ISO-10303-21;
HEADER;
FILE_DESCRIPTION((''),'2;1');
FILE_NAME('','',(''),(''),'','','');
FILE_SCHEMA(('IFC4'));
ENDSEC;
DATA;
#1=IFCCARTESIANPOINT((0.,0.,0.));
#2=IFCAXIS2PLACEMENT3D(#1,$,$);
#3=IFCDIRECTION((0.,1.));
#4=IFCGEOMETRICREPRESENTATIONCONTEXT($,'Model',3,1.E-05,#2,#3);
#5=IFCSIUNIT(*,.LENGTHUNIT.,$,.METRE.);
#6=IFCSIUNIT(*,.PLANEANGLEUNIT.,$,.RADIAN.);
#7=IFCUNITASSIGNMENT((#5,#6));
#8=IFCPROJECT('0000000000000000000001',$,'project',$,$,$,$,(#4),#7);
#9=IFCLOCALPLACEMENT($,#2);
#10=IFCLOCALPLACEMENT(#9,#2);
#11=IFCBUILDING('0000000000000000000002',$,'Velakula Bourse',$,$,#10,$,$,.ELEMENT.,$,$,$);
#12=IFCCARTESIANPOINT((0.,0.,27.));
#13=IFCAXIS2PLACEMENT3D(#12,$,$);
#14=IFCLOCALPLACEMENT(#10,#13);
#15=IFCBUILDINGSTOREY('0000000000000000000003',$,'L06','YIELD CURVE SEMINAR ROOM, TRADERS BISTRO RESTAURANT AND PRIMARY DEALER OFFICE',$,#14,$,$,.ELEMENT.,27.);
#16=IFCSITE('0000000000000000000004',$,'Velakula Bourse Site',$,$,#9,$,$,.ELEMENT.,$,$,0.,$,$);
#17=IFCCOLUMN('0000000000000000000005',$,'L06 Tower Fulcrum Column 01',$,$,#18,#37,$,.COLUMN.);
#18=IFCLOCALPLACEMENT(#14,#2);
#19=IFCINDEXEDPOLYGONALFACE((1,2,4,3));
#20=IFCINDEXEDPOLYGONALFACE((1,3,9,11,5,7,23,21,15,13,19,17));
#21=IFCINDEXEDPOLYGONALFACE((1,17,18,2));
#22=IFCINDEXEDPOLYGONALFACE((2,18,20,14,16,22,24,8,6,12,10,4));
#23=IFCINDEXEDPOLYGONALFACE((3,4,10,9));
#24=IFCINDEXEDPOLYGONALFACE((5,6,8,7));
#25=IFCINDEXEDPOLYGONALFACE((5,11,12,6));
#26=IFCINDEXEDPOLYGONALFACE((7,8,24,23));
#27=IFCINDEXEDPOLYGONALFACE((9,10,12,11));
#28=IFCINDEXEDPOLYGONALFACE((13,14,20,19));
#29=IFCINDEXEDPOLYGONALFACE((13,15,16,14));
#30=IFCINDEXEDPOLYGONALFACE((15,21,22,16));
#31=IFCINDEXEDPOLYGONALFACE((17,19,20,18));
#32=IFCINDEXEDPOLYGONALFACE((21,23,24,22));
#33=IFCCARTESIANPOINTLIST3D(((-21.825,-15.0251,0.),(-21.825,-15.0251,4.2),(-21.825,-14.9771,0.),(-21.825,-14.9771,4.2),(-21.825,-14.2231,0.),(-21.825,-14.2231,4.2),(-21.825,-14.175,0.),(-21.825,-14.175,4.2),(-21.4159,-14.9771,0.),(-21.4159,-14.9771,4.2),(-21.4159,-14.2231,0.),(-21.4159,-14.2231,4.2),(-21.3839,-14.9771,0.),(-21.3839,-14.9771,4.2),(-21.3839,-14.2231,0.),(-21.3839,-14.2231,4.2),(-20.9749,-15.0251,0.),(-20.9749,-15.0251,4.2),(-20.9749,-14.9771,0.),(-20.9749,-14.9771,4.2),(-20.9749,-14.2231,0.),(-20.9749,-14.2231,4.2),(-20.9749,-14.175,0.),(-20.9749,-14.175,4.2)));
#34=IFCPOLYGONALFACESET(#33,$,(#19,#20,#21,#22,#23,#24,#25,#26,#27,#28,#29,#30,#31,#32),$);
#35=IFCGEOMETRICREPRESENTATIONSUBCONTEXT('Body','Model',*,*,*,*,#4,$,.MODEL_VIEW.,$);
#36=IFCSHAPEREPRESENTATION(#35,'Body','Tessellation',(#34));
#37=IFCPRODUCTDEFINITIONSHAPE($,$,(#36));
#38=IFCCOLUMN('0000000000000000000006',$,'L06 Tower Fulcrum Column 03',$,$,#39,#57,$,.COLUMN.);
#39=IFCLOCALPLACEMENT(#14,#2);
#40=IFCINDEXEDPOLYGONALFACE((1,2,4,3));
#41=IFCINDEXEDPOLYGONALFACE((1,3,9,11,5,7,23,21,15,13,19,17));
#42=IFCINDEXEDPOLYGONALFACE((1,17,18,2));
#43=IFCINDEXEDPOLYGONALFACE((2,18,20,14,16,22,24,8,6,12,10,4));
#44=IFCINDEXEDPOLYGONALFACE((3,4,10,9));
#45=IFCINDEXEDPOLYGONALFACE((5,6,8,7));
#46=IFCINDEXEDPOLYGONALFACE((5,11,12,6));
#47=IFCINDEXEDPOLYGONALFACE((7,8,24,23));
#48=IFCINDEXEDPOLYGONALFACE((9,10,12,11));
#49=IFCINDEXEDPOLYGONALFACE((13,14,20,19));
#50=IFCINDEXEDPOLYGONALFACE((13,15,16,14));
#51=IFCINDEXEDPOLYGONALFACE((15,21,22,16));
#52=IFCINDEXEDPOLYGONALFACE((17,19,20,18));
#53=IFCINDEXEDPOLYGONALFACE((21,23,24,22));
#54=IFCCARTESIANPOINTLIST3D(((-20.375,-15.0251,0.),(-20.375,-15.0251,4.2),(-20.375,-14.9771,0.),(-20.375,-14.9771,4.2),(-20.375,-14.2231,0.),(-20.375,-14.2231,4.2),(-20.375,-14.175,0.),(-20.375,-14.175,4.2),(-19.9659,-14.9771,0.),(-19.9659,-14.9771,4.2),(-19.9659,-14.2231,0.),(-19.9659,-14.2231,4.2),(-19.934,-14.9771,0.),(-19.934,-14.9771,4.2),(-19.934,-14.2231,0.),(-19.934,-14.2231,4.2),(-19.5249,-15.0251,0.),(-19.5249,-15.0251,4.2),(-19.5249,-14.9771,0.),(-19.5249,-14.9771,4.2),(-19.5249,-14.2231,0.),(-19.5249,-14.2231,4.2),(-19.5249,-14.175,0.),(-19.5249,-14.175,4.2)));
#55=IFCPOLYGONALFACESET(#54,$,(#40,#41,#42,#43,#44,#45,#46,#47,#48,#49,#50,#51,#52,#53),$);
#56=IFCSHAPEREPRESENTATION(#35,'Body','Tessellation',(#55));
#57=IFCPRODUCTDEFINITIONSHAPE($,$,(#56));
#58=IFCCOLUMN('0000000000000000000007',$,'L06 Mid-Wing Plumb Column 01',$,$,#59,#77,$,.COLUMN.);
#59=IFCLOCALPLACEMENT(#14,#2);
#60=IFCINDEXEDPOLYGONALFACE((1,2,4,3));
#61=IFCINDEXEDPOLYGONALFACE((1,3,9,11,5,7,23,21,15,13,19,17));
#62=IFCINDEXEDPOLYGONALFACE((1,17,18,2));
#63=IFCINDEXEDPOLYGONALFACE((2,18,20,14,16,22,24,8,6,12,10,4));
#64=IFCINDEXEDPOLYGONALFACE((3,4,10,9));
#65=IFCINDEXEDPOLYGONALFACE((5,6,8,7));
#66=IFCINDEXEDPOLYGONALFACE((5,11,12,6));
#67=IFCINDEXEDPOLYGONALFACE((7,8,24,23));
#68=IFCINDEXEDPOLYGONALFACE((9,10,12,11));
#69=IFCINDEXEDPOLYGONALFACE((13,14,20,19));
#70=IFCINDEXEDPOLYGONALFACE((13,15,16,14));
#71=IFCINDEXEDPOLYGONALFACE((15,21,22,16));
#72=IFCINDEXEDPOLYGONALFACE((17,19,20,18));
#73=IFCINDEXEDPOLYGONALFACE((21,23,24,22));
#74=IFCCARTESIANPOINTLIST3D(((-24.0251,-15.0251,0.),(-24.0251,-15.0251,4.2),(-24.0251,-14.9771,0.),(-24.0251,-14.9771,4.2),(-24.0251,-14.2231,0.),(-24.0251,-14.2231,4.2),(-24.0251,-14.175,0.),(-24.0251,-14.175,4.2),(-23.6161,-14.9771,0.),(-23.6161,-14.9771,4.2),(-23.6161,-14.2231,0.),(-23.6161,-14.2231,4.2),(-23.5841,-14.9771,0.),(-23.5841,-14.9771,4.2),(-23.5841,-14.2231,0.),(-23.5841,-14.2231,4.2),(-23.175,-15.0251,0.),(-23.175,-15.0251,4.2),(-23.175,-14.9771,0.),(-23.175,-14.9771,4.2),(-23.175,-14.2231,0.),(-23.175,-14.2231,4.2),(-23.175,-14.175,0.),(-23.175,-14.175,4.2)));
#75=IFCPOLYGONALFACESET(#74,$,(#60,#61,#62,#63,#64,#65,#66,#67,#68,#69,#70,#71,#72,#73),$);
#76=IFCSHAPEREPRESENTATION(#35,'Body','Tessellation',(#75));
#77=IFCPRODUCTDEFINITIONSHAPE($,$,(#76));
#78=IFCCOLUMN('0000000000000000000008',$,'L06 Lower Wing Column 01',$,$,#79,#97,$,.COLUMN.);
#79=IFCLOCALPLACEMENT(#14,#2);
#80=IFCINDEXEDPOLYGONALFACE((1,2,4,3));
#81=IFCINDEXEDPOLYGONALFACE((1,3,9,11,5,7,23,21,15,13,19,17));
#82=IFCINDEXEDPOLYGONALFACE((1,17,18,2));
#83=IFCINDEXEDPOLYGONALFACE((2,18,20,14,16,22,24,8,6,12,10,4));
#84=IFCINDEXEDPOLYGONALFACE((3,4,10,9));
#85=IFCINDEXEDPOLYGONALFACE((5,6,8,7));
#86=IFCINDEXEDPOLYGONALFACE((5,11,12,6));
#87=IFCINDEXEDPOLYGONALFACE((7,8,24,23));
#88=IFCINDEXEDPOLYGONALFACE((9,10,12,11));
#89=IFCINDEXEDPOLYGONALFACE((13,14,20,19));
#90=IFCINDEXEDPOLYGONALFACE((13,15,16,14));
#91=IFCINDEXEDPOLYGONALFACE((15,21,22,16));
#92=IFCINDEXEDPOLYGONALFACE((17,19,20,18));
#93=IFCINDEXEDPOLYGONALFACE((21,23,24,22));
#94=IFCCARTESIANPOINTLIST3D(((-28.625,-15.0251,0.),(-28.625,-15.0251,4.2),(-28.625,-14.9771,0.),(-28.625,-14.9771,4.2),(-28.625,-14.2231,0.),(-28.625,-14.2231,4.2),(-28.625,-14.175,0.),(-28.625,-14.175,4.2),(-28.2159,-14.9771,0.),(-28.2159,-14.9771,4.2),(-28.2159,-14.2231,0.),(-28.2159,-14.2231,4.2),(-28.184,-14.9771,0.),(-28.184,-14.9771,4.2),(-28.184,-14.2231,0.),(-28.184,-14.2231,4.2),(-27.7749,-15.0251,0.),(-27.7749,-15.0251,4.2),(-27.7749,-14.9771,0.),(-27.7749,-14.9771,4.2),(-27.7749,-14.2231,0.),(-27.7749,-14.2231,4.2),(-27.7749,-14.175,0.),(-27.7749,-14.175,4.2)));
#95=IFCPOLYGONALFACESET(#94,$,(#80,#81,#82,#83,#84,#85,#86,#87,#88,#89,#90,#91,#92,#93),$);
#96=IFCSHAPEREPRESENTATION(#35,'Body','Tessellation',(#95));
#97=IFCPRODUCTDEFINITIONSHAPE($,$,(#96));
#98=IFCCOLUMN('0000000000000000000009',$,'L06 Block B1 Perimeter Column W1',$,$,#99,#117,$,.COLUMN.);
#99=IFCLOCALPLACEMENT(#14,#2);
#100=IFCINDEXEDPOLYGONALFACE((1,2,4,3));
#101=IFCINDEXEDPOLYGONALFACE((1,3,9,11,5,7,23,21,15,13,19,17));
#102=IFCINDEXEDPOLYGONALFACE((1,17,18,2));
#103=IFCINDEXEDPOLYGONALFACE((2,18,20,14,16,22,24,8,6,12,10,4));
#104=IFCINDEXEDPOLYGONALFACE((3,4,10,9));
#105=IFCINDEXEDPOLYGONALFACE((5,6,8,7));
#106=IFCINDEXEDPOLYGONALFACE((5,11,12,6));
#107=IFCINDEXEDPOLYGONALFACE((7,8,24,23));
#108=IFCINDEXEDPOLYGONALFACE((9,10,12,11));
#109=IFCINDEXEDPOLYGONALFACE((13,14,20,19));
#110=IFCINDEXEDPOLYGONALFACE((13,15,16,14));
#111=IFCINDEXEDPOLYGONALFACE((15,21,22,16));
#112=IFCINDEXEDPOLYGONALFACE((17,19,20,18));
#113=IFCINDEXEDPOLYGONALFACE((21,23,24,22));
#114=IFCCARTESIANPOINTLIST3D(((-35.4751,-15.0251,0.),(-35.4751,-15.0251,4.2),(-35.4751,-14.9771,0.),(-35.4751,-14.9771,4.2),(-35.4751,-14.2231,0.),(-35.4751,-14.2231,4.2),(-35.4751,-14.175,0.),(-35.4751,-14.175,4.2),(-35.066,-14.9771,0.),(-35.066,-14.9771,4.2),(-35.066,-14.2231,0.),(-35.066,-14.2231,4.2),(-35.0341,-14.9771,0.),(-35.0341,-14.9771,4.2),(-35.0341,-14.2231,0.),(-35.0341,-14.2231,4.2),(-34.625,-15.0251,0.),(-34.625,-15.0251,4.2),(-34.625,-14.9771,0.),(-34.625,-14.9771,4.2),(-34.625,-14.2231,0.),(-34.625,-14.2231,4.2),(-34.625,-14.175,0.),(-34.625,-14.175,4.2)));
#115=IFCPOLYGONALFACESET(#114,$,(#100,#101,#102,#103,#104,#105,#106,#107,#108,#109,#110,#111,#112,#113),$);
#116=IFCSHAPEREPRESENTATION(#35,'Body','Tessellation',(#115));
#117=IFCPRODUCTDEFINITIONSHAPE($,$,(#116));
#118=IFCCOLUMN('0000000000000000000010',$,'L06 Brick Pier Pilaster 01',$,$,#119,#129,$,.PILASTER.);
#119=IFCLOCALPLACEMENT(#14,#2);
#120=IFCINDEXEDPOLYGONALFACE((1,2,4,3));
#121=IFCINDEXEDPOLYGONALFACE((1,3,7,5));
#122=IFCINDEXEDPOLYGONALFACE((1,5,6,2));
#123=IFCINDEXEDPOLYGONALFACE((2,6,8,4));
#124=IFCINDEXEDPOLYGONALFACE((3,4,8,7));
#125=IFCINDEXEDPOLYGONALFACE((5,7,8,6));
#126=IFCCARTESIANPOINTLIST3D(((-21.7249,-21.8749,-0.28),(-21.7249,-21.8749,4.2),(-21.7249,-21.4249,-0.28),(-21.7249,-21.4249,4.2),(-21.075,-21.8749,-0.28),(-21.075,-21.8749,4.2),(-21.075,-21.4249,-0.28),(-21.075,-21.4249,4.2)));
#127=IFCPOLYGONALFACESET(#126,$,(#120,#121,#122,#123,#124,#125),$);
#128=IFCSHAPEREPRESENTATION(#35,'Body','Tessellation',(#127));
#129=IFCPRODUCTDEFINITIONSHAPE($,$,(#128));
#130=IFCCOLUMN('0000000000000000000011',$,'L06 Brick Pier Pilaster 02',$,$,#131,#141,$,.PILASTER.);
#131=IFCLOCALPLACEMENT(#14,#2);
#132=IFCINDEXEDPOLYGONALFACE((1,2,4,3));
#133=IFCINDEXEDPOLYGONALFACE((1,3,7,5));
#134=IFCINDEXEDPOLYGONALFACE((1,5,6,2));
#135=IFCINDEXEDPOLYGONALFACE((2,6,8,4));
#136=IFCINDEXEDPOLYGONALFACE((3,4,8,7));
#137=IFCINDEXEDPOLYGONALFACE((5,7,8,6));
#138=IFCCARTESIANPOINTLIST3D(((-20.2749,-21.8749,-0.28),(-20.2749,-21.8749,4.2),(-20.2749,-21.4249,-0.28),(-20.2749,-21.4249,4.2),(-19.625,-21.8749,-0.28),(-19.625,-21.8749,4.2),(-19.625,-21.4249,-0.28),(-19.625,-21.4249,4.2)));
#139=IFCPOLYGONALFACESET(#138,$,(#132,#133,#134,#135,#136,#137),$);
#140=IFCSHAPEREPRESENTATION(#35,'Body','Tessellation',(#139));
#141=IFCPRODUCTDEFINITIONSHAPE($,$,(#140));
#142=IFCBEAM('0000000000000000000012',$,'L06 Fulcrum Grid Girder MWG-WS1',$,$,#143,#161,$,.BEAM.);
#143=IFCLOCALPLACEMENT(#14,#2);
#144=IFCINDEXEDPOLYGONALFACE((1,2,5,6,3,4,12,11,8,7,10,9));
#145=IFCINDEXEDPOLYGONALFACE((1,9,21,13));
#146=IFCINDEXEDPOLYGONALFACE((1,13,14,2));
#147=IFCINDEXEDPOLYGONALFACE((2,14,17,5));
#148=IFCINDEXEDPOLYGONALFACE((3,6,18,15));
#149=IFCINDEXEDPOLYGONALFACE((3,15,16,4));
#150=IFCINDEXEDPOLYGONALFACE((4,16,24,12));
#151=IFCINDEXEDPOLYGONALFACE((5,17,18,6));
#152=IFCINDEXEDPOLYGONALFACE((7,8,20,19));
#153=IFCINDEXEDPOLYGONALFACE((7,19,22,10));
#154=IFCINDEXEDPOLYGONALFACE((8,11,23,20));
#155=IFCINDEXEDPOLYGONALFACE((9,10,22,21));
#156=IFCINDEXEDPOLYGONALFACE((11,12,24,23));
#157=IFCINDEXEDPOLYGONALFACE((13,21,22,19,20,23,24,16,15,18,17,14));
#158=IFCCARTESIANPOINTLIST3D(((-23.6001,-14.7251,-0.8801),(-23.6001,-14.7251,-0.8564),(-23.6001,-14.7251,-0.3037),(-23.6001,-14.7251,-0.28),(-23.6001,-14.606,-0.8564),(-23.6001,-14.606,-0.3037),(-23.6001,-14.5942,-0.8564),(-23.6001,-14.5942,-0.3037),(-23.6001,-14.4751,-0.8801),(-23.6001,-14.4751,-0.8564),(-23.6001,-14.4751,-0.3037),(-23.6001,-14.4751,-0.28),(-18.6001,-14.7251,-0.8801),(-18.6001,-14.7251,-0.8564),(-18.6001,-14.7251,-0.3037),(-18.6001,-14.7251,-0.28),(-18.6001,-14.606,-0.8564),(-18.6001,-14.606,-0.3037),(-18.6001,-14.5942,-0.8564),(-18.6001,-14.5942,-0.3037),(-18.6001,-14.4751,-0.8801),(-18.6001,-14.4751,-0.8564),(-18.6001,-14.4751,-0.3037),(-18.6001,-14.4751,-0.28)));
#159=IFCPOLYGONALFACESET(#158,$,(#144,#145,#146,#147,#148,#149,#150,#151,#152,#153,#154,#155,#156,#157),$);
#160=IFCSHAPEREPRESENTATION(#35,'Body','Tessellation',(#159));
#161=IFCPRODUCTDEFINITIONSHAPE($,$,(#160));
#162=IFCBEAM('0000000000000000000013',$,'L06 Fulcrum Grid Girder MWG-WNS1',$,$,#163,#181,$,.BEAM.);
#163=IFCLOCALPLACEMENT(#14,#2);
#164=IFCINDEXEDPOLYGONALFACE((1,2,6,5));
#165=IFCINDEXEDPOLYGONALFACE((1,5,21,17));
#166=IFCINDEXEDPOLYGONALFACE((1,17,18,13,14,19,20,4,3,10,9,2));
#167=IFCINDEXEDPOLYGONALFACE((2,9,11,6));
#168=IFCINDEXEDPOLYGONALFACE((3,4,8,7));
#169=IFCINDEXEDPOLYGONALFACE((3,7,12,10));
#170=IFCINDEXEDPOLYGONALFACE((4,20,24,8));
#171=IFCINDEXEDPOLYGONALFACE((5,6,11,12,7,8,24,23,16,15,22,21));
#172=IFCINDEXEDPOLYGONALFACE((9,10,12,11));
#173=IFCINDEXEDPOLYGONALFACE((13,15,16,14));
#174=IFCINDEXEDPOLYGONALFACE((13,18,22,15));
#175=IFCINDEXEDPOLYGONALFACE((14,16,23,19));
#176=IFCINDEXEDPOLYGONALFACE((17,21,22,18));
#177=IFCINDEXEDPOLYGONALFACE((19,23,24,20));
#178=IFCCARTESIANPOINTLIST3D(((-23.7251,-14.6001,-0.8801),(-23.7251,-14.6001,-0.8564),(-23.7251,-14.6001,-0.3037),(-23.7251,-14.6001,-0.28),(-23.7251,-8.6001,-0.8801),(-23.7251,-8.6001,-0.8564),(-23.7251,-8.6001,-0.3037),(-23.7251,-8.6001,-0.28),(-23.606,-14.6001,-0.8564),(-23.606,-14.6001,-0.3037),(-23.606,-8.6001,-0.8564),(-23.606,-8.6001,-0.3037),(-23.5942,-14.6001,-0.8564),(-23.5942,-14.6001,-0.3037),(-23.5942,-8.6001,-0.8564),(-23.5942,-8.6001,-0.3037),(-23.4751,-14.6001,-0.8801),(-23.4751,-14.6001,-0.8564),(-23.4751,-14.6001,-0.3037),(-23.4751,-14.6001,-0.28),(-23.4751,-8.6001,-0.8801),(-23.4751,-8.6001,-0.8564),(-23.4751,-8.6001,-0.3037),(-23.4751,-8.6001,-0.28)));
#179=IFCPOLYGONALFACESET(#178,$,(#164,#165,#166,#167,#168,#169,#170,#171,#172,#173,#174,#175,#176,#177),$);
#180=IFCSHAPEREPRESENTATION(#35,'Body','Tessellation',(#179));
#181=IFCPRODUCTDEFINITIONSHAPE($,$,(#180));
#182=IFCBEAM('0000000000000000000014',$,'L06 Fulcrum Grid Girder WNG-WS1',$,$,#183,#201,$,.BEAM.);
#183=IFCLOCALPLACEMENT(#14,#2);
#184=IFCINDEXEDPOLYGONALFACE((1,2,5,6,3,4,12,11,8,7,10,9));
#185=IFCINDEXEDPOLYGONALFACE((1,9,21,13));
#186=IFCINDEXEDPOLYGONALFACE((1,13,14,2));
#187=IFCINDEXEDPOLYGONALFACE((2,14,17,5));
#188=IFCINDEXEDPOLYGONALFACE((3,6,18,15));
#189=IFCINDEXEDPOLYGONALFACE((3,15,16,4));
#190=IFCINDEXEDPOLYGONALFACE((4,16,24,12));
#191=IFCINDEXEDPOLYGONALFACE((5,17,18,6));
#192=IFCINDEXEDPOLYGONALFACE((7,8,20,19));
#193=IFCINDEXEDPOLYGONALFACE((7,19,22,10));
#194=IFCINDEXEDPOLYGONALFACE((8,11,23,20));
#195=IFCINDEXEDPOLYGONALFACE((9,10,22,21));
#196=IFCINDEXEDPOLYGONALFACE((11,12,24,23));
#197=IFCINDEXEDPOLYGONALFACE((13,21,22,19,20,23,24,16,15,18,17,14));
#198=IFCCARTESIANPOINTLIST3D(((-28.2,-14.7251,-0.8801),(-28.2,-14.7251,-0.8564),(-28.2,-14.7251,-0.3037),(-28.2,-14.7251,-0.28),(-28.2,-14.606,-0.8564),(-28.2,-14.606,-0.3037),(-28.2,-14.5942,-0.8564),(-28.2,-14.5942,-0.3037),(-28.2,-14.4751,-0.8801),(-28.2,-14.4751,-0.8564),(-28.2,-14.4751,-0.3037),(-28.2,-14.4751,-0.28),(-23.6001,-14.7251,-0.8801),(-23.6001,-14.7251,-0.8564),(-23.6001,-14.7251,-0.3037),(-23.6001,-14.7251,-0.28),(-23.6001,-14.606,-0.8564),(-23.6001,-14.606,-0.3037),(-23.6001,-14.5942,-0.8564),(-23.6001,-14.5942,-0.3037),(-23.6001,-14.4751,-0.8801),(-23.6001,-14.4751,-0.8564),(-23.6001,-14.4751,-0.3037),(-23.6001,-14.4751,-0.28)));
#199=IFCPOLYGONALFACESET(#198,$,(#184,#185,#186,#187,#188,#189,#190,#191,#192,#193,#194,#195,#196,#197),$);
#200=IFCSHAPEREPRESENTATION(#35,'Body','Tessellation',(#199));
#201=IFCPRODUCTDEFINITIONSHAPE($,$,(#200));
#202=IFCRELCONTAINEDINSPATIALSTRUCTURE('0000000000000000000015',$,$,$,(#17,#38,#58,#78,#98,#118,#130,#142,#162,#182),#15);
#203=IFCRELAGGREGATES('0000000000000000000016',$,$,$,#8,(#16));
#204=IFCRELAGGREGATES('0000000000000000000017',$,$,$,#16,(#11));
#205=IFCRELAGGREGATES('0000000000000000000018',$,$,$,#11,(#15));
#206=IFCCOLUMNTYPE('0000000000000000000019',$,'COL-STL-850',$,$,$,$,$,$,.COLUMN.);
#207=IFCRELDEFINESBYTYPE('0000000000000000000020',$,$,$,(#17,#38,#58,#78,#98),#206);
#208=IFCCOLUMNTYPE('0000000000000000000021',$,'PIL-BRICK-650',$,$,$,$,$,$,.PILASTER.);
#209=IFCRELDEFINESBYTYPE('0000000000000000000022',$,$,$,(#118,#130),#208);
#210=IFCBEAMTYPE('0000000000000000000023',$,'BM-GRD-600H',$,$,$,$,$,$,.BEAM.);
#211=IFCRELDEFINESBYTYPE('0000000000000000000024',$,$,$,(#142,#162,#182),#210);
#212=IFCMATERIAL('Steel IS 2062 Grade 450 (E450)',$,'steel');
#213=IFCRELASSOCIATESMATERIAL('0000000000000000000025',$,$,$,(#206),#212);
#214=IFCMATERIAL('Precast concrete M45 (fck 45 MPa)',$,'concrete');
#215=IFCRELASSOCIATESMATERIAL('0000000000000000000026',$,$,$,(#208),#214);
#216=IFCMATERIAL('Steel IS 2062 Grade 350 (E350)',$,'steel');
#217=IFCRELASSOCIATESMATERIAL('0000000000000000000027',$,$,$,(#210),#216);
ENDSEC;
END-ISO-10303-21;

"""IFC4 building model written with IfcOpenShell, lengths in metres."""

from ifc_helpers import new_model, si_unit, direction, frame, origin, origin_2d, place, context, subcontext, project, spatial, rectangle, i_section, extrude, material, material_profile, profile_set, type_object, element, save


model = new_model("IFC4")

# Units and contexts
model_context = context("Model", 3, precision=1e-05, world=origin(), true_north=direction((0.0, 1.0)))
body_context = subcontext(model_context, "Body", "Model", "MODEL_VIEW")
ifc_project = project(units=[si_unit("LENGTHUNIT", "METRE"), si_unit("PLANEANGLEUNIT", "RADIAN")], contexts=[model_context])

# Site, building, storey
site_placement = place(None, origin())
site = spatial("IfcSite", under=ifc_project, at=site_placement, Name="Velakula Bourse Site", CompositionType="ELEMENT", RefElevation=0.0)
building_placement = place(site_placement, origin())
building = spatial("IfcBuilding", under=site, at=building_placement, Name="Velakula Bourse", CompositionType="ELEMENT")
storey_placement = place(building_placement, frame((0.0, 0.0, 27.0)))
storey = spatial("IfcBuildingStorey", under=building, at=storey_placement, Name="L06", Description="YIELD CURVE SEMINAR ROOM, TRADERS BISTRO RESTAURANT AND PRIMARY DEALER OFFICE", CompositionType="ELEMENT", Elevation=27.0)

# Columns
ifc_material_1 = material(Name="Steel IS 2062 Grade 450 (E450)", Category="steel")
ifc_material_profile_1 = material_profile(ifc_material_1, i_section(OverallWidth=0.8501, OverallDepth=0.8501, WebThickness=0.032, FlangeThickness=0.0481, at=origin_2d()), Name="Steel IS 2062 Grade 450 (E450)")
ifc_profile_set_1 = profile_set([ifc_material_profile_1], Name="Steel IS 2062 Grade 450 (E450)")
column_type_1 = type_object("IfcColumnType", Name="COL-STL-850", PredefinedType="COLUMN", material=ifc_profile_set_1)
for number, where, z_axis, x_axis, name in (
    (1, (-21.3999, -14.6001, 0.0), (0.0, 0.0, 1.0), (1.0, 0.0, 0.0), "L06 Tower Fulcrum Column 01"),
    (2, (-19.95, -14.6001, 0.0), (0.0, 0.0, 1.0), (1.0, 0.0, 0.0), "L06 Tower Fulcrum Column 03"),
    (3, (-23.6001, -14.6001, 0.0), (0.0, 0.0, 1.0), (1.0, 0.0, 0.0), "L06 Mid-Wing Plumb Column 01"),
    (4, (-28.2, -14.6001, 0.0), (0.0, 0.0, 1.0), (1.0, 0.0, 0.0), "L06 Lower Wing Column 01"),
    (5, (-35.05, -14.6001, 0.0), (0.0, 0.0, 1.0), (1.0, 0.0, 0.0), "L06 Block B1 Perimeter Column W1"),
):
    element("IfcColumn", number, at=place(storey_placement, frame(where, z_axis=z_axis, x_axis=x_axis)), inside=storey, type_object=column_type_1, Name=name, PredefinedType="COLUMN", context=body_context, shape_type="SweptSolid", body=[
        extrude(i_section(OverallWidth=0.8501, OverallDepth=0.8501, WebThickness=0.032, FlangeThickness=0.0481, at=origin_2d()), origin(), (0.0, 0.0, 1.0), 4.2),
    ])
ifc_material_2 = material(Name="Precast concrete M45 (fck 45 MPa)", Category="concrete")
ifc_material_profile_2 = material_profile(ifc_material_2, rectangle(XDim=0.6499, YDim=0.45, at=origin_2d()), Name="Precast concrete M45 (fck 45 MPa)")
ifc_profile_set_2 = profile_set([ifc_material_profile_2], Name="Precast concrete M45 (fck 45 MPa)")
column_type_2 = type_object("IfcColumnType", Name="PIL-BRICK-650", PredefinedType="PILASTER", material=ifc_profile_set_2)
for number, where, z_axis, x_axis, name in (
    (6, (-21.3999, -21.6499, -0.28), (0.0, 0.0, 1.0), (1.0, 0.0, 0.0), "L06 Brick Pier Pilaster 01"),
    (7, (-19.95, -21.6499, -0.28), (0.0, 0.0, 1.0), (1.0, 0.0, 0.0), "L06 Brick Pier Pilaster 02"),
):
    element("IfcColumn", number, at=place(storey_placement, frame(where, z_axis=z_axis, x_axis=x_axis)), inside=storey, type_object=column_type_2, Name=name, PredefinedType="PILASTER", context=body_context, shape_type="SweptSolid", body=[
        extrude(rectangle(XDim=0.6499, YDim=0.45, at=origin_2d()), origin(), (0.0, 0.0, 1.0), 4.48),
    ])

# Beams
ifc_material_3 = material(Name="Steel IS 2062 Grade 350 (E350)", Category="steel")
ifc_material_profile_3 = material_profile(ifc_material_3, i_section(OverallWidth=0.25, OverallDepth=0.6001, WebThickness=0.0117, FlangeThickness=0.0237, at=origin_2d()), Name="Steel IS 2062 Grade 350 (E350)")
ifc_profile_set_3 = profile_set([ifc_material_profile_3], Name="Steel IS 2062 Grade 350 (E350)")
beam_type_1 = type_object("IfcBeamType", Name="BM-GRD-600H", PredefinedType="BEAM", material=ifc_profile_set_3)
beam_1_placement = place(storey_placement, frame((-23.6001, -14.6001, -0.5801), z_axis=(1.0, 0.0, 0.0), x_axis=(0.0, 1.0, 0.0)))
element("IfcBeam", 8, at=beam_1_placement, inside=storey, type_object=beam_type_1, Name="L06 Fulcrum Grid Girder MWG-WS1", PredefinedType="BEAM", context=body_context, shape_type="SweptSolid", body=[
    extrude(i_section(OverallWidth=0.25, OverallDepth=0.6001, WebThickness=0.0117, FlangeThickness=0.0237, at=origin_2d()), origin(), (0.0, 0.0, 1.0), 5.0),
])
beam_2_placement = place(storey_placement, frame((-23.6001, -14.6001, -0.5801), z_axis=(0.0, 1.0, 0.0), x_axis=(-1.0, 0.0, 0.0)))
element("IfcBeam", 9, at=beam_2_placement, inside=storey, type_object=beam_type_1, Name="L06 Fulcrum Grid Girder MWG-WNS1", PredefinedType="BEAM", context=body_context, shape_type="SweptSolid", body=[
    extrude(i_section(OverallWidth=0.25, OverallDepth=0.6001, WebThickness=0.0117, FlangeThickness=0.0237, at=origin_2d()), origin(), (0.0, 0.0, 1.0), 6.0),
])
beam_3_placement = place(storey_placement, frame((-28.2, -14.6001, -0.5801), z_axis=(1.0, 0.0, 0.0), x_axis=(0.0, 1.0, 0.0)))
element("IfcBeam", 10, at=beam_3_placement, inside=storey, type_object=beam_type_1, Name="L06 Fulcrum Grid Girder WNG-WS1", PredefinedType="BEAM", context=body_context, shape_type="SweptSolid", body=[
    extrude(i_section(OverallWidth=0.25, OverallDepth=0.6001, WebThickness=0.0117, FlangeThickness=0.0237, at=origin_2d()), origin(), (0.0, 0.0, 1.0), 4.5999),
])

save(model, "model.ifc")
